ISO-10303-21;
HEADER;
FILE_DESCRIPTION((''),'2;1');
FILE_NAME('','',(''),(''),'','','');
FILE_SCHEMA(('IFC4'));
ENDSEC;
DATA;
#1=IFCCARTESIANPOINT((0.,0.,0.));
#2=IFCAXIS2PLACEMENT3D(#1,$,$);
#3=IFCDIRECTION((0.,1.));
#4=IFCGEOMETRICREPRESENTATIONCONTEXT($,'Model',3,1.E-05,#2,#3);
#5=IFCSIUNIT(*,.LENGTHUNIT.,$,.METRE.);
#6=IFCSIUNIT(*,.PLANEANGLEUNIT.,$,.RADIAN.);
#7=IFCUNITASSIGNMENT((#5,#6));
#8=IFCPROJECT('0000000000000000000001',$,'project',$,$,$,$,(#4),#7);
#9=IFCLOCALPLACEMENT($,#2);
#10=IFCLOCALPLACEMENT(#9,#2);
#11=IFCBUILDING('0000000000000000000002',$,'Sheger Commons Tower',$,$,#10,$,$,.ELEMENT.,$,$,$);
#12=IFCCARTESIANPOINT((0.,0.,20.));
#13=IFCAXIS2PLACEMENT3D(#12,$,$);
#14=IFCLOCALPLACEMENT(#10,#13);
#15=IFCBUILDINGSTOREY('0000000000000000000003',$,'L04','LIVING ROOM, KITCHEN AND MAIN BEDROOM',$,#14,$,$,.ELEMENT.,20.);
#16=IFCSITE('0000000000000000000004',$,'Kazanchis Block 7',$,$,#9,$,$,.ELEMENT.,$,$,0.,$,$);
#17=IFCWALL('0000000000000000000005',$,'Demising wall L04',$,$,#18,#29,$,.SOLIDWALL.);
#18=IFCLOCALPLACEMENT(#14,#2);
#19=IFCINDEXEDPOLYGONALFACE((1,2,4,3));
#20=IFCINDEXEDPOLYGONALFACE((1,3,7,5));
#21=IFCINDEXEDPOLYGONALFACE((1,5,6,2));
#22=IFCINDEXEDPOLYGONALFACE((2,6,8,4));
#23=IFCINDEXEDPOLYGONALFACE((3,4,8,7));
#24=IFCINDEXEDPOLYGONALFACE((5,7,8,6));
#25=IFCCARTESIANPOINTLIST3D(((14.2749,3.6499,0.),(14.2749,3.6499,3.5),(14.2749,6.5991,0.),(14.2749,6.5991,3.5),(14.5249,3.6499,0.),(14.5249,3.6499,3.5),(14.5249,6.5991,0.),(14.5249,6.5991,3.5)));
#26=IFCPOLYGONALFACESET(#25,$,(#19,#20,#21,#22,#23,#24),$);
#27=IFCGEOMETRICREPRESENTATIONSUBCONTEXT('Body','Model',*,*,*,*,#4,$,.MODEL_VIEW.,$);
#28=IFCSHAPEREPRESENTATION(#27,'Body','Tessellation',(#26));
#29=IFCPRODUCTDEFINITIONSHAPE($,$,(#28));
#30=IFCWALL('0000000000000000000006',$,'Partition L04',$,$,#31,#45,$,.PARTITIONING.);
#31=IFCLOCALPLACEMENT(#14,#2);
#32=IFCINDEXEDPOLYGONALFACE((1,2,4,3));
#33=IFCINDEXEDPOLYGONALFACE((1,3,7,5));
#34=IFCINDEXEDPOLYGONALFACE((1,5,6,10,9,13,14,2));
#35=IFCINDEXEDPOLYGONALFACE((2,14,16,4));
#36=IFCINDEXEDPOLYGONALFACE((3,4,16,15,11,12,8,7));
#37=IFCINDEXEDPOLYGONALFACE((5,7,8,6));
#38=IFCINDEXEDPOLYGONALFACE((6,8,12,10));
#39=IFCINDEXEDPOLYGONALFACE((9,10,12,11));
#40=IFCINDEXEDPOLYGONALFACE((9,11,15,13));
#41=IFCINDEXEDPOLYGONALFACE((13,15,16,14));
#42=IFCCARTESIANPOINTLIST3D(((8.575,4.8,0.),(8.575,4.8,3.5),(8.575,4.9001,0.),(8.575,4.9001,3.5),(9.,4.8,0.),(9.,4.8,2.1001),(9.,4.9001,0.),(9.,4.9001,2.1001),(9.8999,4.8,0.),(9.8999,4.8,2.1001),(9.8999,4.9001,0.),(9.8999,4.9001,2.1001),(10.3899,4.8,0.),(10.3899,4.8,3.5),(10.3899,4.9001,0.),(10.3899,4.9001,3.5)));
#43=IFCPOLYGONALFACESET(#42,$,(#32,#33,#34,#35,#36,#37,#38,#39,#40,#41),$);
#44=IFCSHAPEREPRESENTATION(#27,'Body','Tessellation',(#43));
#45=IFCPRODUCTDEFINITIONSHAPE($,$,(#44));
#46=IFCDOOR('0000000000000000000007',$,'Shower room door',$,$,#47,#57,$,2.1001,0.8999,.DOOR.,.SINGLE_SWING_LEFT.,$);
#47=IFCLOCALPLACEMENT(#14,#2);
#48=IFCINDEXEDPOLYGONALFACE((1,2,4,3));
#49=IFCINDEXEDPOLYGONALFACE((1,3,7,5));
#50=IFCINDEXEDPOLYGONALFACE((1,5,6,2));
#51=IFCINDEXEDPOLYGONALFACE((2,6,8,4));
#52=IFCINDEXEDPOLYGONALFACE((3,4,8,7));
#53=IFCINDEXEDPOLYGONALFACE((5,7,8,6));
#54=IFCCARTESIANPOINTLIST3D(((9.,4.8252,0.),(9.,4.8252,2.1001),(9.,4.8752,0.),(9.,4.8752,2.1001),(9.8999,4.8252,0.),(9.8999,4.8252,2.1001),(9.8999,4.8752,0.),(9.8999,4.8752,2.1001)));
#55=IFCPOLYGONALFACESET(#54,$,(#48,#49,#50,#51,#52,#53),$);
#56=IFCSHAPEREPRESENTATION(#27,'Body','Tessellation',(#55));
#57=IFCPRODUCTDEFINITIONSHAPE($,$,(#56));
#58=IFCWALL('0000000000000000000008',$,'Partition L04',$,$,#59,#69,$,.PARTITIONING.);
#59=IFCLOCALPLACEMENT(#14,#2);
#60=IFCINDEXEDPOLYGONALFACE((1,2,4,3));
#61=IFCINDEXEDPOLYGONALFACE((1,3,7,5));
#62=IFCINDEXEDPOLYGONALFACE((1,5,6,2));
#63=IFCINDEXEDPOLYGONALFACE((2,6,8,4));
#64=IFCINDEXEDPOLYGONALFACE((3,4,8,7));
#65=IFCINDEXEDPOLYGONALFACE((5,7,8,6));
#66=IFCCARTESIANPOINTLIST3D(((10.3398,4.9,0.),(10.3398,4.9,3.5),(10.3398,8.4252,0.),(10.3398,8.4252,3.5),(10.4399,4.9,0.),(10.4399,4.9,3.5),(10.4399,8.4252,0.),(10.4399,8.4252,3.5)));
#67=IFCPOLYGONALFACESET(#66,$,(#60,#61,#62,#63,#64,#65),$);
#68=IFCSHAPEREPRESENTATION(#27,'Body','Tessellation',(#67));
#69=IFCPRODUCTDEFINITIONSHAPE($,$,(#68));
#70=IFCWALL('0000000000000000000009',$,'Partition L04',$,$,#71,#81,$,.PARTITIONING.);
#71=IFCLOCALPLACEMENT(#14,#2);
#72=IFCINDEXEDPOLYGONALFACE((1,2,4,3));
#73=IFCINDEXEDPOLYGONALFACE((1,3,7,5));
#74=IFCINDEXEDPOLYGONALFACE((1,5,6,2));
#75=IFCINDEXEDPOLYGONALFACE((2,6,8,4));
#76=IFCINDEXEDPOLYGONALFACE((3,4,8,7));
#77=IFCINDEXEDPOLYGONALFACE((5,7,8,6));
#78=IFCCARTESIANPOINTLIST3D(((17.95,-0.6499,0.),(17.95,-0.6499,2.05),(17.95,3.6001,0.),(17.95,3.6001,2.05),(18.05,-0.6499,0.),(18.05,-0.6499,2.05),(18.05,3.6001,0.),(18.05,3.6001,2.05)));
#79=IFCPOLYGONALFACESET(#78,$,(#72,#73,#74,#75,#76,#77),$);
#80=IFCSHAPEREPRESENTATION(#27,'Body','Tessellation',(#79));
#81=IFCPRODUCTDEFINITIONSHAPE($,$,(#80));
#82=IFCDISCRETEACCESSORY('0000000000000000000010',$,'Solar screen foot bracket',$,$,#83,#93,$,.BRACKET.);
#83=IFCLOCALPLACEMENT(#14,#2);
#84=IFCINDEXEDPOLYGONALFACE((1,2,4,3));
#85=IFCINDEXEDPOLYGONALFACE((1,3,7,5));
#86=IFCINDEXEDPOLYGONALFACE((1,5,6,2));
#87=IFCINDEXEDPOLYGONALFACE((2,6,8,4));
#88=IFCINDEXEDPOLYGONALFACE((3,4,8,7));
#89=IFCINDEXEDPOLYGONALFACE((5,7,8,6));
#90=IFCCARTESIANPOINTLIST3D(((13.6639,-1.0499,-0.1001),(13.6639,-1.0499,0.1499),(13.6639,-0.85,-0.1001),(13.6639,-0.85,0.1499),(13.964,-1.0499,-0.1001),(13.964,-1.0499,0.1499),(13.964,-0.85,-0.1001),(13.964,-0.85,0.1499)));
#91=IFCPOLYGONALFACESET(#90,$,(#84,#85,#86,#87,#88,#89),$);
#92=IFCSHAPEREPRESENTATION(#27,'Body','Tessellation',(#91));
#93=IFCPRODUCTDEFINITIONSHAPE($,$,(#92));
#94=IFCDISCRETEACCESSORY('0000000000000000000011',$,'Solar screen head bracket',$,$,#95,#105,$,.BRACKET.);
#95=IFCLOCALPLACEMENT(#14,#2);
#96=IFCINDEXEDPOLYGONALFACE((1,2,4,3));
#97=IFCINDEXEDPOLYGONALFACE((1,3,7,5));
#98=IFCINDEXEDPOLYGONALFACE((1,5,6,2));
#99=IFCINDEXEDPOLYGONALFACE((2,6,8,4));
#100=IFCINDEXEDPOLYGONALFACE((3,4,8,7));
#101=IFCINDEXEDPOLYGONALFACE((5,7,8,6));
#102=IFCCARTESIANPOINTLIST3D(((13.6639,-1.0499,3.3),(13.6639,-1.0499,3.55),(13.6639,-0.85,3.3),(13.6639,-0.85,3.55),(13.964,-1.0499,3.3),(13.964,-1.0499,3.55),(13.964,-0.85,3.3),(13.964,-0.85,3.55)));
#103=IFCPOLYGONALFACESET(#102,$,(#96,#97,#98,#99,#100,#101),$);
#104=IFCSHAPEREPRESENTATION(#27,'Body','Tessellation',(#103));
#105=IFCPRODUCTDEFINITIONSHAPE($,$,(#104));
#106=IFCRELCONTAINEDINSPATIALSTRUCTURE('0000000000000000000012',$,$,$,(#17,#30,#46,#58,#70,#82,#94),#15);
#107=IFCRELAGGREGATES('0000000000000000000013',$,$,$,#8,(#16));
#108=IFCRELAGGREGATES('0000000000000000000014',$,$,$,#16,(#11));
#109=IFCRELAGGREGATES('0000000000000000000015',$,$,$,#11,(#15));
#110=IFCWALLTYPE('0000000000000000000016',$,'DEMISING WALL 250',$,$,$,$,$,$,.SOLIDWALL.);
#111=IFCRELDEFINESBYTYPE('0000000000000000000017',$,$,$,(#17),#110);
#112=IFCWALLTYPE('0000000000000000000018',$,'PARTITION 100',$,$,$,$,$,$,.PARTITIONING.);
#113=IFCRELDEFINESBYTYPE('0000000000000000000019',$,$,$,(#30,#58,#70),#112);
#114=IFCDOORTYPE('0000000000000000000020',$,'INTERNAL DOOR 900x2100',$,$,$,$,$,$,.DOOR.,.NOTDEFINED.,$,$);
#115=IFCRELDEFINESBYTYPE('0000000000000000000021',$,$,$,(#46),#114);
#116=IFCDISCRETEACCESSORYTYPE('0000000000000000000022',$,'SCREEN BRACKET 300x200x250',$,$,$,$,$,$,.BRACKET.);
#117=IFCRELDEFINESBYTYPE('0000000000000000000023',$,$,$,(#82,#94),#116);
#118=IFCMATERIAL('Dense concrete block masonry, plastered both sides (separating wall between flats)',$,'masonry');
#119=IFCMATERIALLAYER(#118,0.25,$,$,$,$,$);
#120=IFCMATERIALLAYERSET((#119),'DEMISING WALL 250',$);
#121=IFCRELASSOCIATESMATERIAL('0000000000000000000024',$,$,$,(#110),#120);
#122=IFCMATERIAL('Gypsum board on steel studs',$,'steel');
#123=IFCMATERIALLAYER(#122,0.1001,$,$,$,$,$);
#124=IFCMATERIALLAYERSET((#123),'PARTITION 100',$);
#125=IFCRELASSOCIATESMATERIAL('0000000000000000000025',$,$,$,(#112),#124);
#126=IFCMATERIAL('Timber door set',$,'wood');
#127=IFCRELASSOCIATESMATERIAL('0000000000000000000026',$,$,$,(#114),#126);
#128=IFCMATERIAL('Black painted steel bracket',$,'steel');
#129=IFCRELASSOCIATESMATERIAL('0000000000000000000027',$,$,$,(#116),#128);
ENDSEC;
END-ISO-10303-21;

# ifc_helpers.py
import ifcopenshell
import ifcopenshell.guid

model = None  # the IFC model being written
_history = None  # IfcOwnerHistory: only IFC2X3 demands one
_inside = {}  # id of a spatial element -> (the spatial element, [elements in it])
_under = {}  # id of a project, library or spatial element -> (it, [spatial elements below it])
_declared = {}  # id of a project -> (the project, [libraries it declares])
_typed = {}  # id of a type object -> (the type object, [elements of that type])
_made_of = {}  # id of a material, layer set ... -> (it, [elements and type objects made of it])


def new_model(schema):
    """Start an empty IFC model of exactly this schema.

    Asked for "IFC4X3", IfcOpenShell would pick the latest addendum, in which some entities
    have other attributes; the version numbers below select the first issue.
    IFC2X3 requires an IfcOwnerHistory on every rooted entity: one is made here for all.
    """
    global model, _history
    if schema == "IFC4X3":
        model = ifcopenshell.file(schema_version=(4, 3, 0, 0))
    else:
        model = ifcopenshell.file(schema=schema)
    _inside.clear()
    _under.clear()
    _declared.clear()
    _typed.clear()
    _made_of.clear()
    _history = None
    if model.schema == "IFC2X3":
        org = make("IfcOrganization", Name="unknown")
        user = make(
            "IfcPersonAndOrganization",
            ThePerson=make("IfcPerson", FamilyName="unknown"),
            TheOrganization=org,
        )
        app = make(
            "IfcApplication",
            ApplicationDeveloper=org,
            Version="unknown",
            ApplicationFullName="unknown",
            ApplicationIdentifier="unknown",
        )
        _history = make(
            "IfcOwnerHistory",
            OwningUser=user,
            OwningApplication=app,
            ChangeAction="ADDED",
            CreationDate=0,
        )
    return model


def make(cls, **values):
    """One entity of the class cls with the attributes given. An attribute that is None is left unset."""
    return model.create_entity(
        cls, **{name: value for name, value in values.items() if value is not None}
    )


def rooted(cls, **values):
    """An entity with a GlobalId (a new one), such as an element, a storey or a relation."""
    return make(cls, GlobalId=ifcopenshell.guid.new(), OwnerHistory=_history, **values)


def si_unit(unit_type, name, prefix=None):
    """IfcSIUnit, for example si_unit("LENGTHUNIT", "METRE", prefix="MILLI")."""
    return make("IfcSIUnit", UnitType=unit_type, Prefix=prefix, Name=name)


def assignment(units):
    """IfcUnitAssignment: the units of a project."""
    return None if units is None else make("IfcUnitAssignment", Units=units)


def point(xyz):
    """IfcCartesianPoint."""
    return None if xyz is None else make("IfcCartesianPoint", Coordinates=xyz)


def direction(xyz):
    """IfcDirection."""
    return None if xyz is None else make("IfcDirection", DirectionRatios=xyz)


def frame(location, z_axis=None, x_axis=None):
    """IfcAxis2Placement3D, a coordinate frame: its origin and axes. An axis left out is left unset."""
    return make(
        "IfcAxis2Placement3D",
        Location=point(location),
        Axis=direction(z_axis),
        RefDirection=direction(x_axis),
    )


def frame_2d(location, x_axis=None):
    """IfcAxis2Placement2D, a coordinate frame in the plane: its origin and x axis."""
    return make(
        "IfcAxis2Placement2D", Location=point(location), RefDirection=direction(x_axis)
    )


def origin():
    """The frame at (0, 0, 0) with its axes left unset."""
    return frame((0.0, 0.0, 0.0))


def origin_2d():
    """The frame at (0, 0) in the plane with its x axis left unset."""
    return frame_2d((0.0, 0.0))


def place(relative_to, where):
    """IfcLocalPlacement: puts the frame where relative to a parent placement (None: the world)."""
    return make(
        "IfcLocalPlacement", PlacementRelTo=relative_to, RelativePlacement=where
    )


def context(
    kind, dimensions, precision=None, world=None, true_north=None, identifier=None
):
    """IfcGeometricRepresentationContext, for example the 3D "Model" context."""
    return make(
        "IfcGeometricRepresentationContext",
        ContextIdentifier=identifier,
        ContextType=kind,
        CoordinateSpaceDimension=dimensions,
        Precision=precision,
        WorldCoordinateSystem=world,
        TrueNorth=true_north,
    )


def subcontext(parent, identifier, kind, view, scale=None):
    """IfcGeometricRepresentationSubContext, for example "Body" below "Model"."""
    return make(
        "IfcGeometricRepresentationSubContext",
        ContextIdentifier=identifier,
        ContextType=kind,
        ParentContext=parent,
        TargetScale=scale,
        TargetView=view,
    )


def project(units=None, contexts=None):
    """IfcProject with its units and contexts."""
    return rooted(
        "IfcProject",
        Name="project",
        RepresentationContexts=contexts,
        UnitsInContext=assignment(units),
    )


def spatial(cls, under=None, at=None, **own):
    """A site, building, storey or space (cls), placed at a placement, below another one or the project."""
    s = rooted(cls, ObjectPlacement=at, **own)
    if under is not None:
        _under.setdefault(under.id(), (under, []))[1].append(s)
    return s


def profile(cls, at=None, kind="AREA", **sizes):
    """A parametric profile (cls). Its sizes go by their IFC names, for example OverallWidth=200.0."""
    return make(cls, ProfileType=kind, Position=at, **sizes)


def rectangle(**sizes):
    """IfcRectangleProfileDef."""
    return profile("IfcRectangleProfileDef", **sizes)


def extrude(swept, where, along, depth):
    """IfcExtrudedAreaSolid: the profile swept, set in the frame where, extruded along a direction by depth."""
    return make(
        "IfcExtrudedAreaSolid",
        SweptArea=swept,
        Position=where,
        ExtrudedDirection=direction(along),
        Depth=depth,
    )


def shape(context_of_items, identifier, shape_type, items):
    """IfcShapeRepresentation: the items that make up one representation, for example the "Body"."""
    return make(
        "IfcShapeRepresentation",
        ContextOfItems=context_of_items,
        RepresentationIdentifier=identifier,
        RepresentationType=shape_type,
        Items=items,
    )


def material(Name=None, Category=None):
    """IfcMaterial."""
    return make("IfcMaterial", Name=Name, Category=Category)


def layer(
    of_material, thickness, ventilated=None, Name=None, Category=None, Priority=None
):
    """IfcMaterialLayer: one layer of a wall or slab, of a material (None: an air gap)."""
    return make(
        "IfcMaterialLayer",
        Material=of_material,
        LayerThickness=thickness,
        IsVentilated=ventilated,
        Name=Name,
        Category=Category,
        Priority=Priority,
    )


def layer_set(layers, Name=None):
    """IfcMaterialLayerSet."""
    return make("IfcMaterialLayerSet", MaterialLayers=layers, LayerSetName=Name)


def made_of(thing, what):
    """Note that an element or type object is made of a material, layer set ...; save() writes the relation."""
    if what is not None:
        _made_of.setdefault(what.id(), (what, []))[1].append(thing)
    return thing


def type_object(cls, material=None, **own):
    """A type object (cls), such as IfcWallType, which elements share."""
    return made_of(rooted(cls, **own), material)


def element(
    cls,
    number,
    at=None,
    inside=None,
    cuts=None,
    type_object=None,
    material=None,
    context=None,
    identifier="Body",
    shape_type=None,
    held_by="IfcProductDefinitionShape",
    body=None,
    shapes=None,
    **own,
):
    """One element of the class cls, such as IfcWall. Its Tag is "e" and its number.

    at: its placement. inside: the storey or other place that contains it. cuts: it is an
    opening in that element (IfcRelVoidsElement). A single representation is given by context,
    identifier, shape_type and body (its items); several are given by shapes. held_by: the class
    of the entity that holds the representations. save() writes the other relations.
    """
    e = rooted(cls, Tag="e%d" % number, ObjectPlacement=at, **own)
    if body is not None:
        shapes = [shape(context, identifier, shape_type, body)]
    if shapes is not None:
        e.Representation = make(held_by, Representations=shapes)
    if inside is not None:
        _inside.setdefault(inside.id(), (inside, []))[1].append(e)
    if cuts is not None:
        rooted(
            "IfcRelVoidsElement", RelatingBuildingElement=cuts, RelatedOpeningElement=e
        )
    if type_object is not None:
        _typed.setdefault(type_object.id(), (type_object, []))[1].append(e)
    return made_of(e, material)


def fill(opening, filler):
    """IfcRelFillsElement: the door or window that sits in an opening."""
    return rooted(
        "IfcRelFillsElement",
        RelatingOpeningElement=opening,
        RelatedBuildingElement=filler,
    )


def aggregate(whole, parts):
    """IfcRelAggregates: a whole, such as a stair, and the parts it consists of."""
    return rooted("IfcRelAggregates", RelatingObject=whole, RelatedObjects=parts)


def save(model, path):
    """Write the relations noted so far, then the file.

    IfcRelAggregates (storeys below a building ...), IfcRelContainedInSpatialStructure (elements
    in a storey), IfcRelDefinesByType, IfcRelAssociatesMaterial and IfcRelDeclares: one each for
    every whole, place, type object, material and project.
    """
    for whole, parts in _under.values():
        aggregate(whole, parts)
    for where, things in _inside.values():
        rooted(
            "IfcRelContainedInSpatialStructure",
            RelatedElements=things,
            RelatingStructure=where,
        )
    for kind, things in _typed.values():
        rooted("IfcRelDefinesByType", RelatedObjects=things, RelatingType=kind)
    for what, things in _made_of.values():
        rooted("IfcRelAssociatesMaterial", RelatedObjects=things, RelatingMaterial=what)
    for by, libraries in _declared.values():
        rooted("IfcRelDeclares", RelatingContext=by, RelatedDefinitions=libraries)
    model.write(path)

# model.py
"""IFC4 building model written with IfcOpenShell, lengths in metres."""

from ifc_helpers import new_model, si_unit, direction, frame, frame_2d, origin, origin_2d, place, context, subcontext, project, spatial, rectangle, extrude, material, layer, layer_set, type_object, element, fill, save


model = new_model("IFC4")

# Units and contexts
model_context = context("Model", 3, precision=1e-05, world=origin(), true_north=direction((0.0, 1.0)))
body_context = subcontext(model_context, "Body", "Model", "MODEL_VIEW")
ifc_project = project(units=[si_unit("LENGTHUNIT", "METRE"), si_unit("PLANEANGLEUNIT", "RADIAN")], contexts=[model_context])

# Site, building, storey
site_placement = place(None, origin())
site = spatial("IfcSite", under=ifc_project, at=site_placement, Name="Kazanchis Block 7", CompositionType="ELEMENT", RefElevation=0.0)
building_placement = place(site_placement, origin())
building = spatial("IfcBuilding", under=site, at=building_placement, Name="Sheger Commons Tower", CompositionType="ELEMENT")
storey_placement = place(building_placement, frame((0.0, 0.0, 20.0)))
storey = spatial("IfcBuildingStorey", under=building, at=storey_placement, Name="L04", Description="LIVING ROOM, KITCHEN AND MAIN BEDROOM", CompositionType="ELEMENT", Elevation=20.0)

# Wall
ifc_material_1 = material(Name="Dense concrete block masonry, plastered both sides (separating wall between flats)", Category="masonry")
ifc_layer_1 = layer(ifc_material_1, 0.25)
ifc_layer_set_1 = layer_set([ifc_layer_1], Name="DEMISING WALL 250")
wall_type_1 = type_object("IfcWallType", Name="DEMISING WALL 250", PredefinedType="SOLIDWALL", material=ifc_layer_set_1)
wall_1_placement = place(storey_placement, frame((14.3999, 3.6499, 0.0), z_axis=(0.0, 0.0, 1.0), x_axis=(0.0, 1.0, 0.0)))
element("IfcWall", 1, at=wall_1_placement, inside=storey, type_object=wall_type_1, Name="Demising wall L04", PredefinedType="SOLIDWALL", context=body_context, shape_type="SweptSolid", body=[
    extrude(rectangle(XDim=2.9492, YDim=0.25, at=frame_2d((1.4746, 0.0))), origin(), (0.0, 0.0, 1.0), 3.5),
])

# Wall, opening, door
ifc_material_2 = material(Name="Gypsum board on steel studs", Category="steel")
ifc_layer_2 = layer(ifc_material_2, 0.1001)
ifc_layer_set_2 = layer_set([ifc_layer_2], Name="PARTITION 100")
wall_type_2 = type_object("IfcWallType", Name="PARTITION 100", PredefinedType="PARTITIONING", material=ifc_layer_set_2)
wall_2_placement = place(storey_placement, frame((10.3899, 4.8501, 0.0), z_axis=(0.0, 0.0, 1.0), x_axis=(-1.0, 0.0, 0.0)))
wall_2 = element("IfcWall", 2, at=wall_2_placement, inside=storey, type_object=wall_type_2, Name="Partition L04", PredefinedType="PARTITIONING", context=body_context, shape_type="SweptSolid", body=[
    extrude(rectangle(XDim=1.8149, YDim=0.1001, at=frame_2d((0.9075, 0.0))), origin(), (0.0, 0.0, 1.0), 3.5),
])
opening_1_placement = place(wall_2_placement, frame((0.49, 0.0, 0.0)))
opening_1 = element("IfcOpeningElement", 3, at=opening_1_placement, cuts=wall_2, PredefinedType="OPENING", context=body_context, shape_type="SweptSolid", body=[
    extrude(rectangle(XDim=0.8999, YDim=2.1001, at=frame_2d((0.45, 1.05))), frame((0.0, 0.0601, 0.0), z_axis=(0.0, -1.0, 0.0), x_axis=(1.0, 0.0, 0.0)), (0.0, 0.0, 1.0), 0.1201),
])
ifc_material_3 = material(Name="Timber door set", Category="wood")
door_type_1 = type_object("IfcDoorType", Name="INTERNAL DOOR 900x2100", OperationType="NOTDEFINED", PredefinedType="DOOR", material=ifc_material_3)
door_1_placement = place(opening_1_placement, origin())
door_1 = element("IfcDoor", 4, at=door_1_placement, inside=storey, type_object=door_type_1, Name="Shower room door", OperationType="SINGLE_SWING_LEFT", OverallHeight=2.1001, OverallWidth=0.8999, PredefinedType="DOOR", context=body_context, shape_type="SweptSolid", body=[
    extrude(rectangle(XDim=0.8999, YDim=2.1001, at=frame_2d((0.45, 1.05))), frame((0.0, 0.0249, 0.0), z_axis=(0.0, -1.0, 0.0), x_axis=(1.0, 0.0, 0.0)), (0.0, 0.0, 1.0), 0.05),
])
fill(opening_1, door_1)

# Walls
wall_3_placement = place(storey_placement, frame((10.3899, 4.8999, 0.0), z_axis=(0.0, 0.0, 1.0), x_axis=(0.0, 1.0, 0.0)))
element("IfcWall", 5, at=wall_3_placement, inside=storey, type_object=wall_type_2, Name="Partition L04", PredefinedType="PARTITIONING", context=body_context, shape_type="SweptSolid", body=[
    extrude(rectangle(XDim=3.5251, YDim=0.1001, at=frame_2d((1.7627, 0.0))), origin(), (0.0, 0.0, 1.0), 3.5),
])
wall_4_placement = place(storey_placement, frame((18.0, -0.6499, 0.0), z_axis=(0.0, 0.0, 1.0), x_axis=(0.0, 1.0, 0.0)))
element("IfcWall", 6, at=wall_4_placement, inside=storey, type_object=wall_type_2, Name="Partition L04", PredefinedType="PARTITIONING", context=body_context, shape_type="SweptSolid", body=[
    extrude(rectangle(XDim=4.25, YDim=0.1001, at=frame_2d((2.125, 0.0))), origin(), (0.0, 0.0, 1.0), 2.05),
])

# Discrete accessories
ifc_material_4 = material(Name="Black painted steel bracket", Category="steel")
discrete_accessory_type = type_object("IfcDiscreteAccessoryType", Name="SCREEN BRACKET 300x200x250", PredefinedType="BRACKET", material=ifc_material_4)
for number, where, z_axis, x_axis, name in (
    (7, (13.814, -0.95, -0.1001), (0.0, 0.0, 1.0), (1.0, 0.0, 0.0), "Solar screen foot bracket"),
    (8, (13.814, -0.95, 3.3), (0.0, 0.0, 1.0), (1.0, 0.0, 0.0), "Solar screen head bracket"),
):
    element("IfcDiscreteAccessory", number, at=place(storey_placement, frame(where, z_axis=z_axis, x_axis=x_axis)), inside=storey, type_object=discrete_accessory_type, Name=name, PredefinedType="BRACKET", context=body_context, shape_type="SweptSolid", body=[
        extrude(rectangle(XDim=0.3, YDim=0.2, at=origin_2d()), origin(), (0.0, 0.0, 1.0), 0.25),
    ])

save(model, "model.ifc")
